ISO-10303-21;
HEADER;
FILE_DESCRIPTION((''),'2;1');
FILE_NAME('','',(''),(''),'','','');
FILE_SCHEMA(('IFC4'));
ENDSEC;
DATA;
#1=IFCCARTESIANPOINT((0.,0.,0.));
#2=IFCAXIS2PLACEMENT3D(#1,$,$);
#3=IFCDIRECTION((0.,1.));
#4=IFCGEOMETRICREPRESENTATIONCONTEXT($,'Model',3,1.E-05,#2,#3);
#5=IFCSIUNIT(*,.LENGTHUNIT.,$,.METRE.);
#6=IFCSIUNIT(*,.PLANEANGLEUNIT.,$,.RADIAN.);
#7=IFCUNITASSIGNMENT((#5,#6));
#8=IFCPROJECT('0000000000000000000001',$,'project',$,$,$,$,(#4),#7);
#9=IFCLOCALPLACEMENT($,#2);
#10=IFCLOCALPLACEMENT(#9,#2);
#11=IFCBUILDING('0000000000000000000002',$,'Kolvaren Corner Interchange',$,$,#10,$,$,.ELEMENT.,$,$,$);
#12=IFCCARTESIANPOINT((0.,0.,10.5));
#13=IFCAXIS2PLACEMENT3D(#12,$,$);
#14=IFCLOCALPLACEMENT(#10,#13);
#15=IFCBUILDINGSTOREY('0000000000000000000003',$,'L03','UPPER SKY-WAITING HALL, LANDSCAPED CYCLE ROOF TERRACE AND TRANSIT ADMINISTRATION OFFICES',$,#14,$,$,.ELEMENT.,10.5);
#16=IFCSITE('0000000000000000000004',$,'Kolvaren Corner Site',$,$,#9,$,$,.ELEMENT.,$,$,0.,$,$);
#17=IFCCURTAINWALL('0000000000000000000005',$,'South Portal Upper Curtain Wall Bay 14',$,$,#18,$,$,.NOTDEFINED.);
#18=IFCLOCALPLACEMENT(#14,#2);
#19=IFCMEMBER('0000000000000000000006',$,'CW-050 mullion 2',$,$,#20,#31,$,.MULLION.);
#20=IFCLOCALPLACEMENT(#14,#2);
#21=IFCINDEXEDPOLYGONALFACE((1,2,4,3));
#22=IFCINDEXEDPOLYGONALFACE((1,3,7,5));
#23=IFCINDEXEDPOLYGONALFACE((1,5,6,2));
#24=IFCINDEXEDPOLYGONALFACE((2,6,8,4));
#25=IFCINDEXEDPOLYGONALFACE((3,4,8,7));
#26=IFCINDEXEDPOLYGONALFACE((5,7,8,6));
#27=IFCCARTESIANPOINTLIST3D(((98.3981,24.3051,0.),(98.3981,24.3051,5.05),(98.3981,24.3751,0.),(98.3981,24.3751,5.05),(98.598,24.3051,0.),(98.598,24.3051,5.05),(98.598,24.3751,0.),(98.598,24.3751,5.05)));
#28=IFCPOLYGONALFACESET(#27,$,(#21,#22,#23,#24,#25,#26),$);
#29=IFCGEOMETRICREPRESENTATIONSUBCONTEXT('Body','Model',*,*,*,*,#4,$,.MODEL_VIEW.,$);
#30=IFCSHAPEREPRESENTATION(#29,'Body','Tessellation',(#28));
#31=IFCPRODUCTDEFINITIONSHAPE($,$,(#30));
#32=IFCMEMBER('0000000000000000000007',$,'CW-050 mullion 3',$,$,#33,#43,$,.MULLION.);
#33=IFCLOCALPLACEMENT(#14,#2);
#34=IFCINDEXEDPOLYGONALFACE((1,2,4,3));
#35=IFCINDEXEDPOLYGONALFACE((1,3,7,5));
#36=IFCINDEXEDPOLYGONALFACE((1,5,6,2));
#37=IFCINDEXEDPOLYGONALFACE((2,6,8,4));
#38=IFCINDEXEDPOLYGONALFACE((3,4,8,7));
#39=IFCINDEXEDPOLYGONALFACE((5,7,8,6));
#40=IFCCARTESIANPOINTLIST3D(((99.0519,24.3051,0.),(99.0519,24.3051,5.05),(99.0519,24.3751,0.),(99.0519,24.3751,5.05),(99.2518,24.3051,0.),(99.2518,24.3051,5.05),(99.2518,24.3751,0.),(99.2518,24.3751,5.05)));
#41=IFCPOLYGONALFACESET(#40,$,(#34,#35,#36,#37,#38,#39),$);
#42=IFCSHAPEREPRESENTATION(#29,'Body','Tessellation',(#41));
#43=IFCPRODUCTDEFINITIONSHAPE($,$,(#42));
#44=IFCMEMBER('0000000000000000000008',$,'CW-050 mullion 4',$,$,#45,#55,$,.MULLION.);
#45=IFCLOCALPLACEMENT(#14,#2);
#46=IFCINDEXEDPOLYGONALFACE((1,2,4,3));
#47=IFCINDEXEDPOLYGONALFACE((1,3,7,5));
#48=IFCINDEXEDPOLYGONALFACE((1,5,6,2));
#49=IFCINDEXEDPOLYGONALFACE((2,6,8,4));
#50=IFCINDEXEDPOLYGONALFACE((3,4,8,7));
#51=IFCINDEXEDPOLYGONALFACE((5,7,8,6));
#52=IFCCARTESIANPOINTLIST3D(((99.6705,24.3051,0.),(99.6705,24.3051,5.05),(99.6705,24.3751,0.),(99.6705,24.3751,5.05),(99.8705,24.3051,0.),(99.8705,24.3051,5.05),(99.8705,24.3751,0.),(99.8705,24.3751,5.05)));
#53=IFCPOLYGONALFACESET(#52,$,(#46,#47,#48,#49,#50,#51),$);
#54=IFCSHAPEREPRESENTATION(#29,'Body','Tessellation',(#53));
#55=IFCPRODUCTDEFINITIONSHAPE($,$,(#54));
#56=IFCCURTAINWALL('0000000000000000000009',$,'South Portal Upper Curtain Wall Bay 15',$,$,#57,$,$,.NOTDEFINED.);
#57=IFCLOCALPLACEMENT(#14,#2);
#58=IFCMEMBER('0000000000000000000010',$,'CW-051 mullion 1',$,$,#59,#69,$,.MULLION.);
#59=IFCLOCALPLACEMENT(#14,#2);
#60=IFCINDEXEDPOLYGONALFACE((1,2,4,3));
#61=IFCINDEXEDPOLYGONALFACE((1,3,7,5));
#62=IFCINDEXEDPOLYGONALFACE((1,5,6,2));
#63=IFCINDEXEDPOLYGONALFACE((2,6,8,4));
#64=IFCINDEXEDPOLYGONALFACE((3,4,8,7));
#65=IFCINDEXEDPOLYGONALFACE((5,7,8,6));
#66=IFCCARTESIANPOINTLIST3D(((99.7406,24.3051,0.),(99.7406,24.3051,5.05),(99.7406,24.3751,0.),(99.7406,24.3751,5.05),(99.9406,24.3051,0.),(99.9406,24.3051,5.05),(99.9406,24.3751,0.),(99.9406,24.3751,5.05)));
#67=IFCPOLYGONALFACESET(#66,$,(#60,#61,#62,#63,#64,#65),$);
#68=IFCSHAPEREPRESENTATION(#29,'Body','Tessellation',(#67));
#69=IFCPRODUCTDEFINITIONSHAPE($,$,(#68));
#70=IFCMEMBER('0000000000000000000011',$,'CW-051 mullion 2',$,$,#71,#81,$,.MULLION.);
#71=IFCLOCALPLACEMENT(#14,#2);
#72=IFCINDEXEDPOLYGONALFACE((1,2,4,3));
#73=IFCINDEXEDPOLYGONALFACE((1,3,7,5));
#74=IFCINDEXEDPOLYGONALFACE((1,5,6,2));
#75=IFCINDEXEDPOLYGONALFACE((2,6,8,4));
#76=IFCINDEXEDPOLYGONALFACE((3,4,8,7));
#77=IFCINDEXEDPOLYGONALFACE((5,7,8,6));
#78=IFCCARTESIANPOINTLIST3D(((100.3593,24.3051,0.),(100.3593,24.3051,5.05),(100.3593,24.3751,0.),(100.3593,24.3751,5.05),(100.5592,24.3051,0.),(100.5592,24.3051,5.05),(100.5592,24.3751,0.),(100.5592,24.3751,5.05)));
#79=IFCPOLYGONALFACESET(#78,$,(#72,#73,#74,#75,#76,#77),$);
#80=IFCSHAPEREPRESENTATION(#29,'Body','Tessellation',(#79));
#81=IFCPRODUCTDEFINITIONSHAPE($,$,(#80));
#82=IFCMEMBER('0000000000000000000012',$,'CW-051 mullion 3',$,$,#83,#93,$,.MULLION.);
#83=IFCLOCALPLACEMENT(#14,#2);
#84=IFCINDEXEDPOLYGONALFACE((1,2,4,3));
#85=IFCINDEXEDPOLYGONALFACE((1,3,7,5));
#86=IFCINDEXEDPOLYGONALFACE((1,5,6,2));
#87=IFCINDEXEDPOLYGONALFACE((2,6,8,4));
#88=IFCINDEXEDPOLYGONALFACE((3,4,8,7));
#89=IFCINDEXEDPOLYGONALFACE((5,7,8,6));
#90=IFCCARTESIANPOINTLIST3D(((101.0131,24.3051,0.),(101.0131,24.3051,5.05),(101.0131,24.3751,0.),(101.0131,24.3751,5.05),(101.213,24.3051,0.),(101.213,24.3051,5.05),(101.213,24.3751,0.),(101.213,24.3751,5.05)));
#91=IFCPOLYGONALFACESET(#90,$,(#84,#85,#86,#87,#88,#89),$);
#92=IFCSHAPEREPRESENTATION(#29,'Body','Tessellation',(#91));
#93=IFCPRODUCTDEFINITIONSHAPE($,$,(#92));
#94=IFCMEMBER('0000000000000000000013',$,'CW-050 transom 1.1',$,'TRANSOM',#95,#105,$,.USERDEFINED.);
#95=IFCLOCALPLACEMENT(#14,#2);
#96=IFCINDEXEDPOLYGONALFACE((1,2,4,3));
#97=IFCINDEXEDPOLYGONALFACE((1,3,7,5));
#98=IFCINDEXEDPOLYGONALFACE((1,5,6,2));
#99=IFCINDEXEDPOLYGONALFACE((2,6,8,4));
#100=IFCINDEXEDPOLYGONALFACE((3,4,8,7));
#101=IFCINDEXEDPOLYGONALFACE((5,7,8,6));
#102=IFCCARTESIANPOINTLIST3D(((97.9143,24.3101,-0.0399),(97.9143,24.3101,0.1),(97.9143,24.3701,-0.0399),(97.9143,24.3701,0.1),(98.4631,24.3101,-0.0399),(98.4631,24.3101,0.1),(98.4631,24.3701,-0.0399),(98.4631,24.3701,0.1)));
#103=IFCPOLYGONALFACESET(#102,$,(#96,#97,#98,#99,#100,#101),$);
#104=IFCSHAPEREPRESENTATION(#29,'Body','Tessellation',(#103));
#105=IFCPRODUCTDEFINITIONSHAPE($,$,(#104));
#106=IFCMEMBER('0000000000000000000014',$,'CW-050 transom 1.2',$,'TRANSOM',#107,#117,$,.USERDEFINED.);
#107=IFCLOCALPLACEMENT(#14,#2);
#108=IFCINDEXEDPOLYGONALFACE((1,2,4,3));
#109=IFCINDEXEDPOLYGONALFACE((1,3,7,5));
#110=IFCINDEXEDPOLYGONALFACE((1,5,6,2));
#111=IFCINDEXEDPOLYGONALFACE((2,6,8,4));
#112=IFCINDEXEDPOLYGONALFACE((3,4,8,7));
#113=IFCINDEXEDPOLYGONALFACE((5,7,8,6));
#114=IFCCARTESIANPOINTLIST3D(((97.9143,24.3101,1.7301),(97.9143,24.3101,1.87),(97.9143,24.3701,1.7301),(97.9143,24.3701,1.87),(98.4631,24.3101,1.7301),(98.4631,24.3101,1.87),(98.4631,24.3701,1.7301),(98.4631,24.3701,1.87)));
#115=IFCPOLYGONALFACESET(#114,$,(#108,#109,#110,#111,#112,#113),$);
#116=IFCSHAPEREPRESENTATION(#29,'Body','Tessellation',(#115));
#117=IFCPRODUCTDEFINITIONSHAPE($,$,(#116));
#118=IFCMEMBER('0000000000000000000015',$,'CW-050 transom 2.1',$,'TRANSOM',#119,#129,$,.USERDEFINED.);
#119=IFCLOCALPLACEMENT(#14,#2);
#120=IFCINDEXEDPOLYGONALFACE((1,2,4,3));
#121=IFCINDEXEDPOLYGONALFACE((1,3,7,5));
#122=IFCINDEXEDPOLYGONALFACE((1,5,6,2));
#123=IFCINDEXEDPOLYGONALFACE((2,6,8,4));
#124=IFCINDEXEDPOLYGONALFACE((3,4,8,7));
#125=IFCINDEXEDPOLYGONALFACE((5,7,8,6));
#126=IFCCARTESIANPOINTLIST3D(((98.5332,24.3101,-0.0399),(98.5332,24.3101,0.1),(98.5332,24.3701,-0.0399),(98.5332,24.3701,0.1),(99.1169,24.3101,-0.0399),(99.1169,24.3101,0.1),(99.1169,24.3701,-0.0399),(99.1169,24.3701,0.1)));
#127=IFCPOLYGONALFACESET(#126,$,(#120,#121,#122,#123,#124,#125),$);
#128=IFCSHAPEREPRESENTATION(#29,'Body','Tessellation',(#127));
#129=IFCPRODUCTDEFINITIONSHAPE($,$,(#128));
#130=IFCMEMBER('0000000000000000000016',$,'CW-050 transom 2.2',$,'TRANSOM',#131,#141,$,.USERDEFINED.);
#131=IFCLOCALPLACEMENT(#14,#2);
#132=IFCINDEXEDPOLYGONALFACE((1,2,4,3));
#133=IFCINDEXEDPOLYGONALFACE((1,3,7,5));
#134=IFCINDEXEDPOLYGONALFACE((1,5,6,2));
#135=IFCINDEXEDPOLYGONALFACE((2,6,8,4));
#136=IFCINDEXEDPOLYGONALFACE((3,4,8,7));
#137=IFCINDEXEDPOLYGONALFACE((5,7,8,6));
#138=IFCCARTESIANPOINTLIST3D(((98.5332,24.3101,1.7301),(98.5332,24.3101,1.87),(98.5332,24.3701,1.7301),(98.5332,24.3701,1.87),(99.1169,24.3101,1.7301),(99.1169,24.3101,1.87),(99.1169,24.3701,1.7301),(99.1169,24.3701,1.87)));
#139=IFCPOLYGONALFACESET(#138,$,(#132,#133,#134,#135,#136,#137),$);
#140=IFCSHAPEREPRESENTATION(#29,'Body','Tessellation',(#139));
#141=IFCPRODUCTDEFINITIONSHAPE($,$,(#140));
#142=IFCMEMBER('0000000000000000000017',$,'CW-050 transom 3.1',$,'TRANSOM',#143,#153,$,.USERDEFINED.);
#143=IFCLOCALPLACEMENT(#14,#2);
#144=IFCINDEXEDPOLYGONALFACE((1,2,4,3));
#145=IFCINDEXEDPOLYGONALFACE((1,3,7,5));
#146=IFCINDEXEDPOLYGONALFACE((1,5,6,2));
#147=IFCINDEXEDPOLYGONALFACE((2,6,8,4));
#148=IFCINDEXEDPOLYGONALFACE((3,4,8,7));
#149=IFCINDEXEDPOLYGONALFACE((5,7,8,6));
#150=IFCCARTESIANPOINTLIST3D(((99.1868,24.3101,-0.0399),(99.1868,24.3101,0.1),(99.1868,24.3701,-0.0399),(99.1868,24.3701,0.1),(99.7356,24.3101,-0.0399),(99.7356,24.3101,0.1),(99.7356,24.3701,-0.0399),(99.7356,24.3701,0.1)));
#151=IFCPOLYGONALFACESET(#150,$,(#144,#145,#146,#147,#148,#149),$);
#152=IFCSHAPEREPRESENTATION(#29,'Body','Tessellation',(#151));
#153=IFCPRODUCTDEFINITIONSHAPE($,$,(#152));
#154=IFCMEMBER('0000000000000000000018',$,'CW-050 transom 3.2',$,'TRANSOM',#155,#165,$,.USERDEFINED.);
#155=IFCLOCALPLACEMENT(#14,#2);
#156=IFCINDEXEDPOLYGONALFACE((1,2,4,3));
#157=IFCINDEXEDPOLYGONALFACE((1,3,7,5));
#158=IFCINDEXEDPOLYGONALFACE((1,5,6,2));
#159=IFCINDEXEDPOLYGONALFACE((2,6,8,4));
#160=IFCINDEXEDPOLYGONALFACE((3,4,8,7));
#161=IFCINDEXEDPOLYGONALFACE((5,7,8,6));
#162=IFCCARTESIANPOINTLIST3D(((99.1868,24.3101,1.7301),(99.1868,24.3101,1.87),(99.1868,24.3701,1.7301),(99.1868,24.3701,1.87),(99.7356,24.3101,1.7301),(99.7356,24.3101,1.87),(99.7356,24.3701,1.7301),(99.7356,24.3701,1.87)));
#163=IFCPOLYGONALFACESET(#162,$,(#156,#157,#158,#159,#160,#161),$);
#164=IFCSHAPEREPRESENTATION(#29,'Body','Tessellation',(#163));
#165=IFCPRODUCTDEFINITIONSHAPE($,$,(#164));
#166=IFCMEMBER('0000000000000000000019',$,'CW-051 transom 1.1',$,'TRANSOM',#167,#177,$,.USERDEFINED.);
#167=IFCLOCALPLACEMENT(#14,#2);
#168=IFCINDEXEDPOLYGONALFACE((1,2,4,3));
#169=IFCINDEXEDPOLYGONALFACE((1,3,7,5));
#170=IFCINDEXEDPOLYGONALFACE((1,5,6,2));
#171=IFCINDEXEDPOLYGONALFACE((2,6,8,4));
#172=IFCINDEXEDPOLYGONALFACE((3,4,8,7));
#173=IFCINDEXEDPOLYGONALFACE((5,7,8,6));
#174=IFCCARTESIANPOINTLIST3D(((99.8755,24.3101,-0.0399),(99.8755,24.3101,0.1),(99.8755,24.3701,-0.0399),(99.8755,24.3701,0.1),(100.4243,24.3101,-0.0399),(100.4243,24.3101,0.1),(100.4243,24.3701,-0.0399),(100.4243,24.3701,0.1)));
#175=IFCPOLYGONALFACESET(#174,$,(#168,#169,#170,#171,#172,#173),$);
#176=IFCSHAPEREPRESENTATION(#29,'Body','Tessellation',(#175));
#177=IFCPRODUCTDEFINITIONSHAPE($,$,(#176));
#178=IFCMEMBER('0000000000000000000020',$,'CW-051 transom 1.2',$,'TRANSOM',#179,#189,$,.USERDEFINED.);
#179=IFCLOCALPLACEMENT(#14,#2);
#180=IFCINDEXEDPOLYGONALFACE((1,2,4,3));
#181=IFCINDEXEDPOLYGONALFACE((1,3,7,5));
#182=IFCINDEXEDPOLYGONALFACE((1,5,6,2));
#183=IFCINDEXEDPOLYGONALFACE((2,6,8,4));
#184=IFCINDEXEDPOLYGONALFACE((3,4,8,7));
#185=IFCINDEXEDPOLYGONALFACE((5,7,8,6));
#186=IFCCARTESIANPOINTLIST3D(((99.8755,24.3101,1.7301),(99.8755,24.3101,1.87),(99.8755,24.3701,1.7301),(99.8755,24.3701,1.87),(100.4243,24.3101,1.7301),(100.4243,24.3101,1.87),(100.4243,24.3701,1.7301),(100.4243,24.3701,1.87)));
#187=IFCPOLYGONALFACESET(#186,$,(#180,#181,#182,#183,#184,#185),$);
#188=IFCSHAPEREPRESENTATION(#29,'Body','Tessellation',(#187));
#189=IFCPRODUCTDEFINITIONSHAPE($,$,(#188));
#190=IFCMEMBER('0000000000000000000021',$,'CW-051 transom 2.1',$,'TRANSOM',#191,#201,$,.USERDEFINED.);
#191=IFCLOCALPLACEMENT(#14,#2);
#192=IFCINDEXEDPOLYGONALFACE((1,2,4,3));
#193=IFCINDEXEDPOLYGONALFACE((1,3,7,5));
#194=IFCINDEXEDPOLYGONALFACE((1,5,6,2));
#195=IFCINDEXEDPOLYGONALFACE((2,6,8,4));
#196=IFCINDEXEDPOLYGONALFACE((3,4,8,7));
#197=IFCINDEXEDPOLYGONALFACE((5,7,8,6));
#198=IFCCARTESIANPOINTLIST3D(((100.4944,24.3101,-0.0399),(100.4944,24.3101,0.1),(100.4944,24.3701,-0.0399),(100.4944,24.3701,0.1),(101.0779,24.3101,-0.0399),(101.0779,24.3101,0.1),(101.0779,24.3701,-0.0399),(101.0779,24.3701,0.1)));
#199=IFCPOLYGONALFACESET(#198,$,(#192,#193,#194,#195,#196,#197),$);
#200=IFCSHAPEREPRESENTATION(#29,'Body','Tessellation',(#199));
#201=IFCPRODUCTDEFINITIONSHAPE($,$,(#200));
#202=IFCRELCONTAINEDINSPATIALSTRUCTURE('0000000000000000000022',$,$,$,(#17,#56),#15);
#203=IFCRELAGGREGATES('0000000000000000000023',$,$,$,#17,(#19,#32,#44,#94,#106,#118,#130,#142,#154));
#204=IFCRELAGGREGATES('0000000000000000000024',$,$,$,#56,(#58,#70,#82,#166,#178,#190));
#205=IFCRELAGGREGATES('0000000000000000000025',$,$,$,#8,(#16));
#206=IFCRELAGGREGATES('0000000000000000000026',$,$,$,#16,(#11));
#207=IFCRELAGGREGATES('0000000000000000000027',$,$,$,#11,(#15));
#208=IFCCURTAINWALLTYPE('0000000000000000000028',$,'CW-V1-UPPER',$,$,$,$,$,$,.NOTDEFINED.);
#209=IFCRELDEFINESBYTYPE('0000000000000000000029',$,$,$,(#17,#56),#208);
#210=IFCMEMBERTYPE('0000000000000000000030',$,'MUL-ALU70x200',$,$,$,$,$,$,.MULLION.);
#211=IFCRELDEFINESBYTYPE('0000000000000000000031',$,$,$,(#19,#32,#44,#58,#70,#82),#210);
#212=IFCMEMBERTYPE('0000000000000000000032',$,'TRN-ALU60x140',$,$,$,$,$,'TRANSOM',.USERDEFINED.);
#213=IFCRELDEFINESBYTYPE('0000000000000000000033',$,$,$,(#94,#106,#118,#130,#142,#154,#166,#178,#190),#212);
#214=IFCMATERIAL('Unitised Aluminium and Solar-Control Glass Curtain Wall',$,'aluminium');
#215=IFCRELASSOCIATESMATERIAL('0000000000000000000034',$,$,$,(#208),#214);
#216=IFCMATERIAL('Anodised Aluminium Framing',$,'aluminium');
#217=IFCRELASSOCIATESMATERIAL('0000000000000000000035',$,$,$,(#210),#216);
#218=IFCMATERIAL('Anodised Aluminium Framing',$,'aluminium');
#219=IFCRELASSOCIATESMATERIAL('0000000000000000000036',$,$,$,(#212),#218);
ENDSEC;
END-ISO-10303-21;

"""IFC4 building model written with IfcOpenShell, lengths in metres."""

from ifc_helpers import new_model, si_unit, direction, frame, origin, origin_2d, place, context, subcontext, project, spatial, rectangle, extrude, material, material_profile, profile_set, type_object, element, aggregate, save


model = new_model("IFC4")

# Units and contexts
model_context = context("Model", 3, precision=1e-05, world=origin(), true_north=direction((0.0, 1.0)))
body_context = subcontext(model_context, "Body", "Model", "MODEL_VIEW")
ifc_project = project(units=[si_unit("LENGTHUNIT", "METRE"), si_unit("PLANEANGLEUNIT", "RADIAN")], contexts=[model_context])

# Site, building, storey
site_placement = place(None, origin())
site = spatial("IfcSite", under=ifc_project, at=site_placement, Name="Kolvaren Corner Site", CompositionType="ELEMENT", RefElevation=0.0)
building_placement = place(site_placement, origin())
building = spatial("IfcBuilding", under=site, at=building_placement, Name="Kolvaren Corner Interchange", CompositionType="ELEMENT")
storey_placement = place(building_placement, frame((0.0, 0.0, 10.5)))
storey = spatial("IfcBuildingStorey", under=building, at=storey_placement, Name="L03", Description="UPPER SKY-WAITING HALL, LANDSCAPED CYCLE ROOF TERRACE AND TRANSIT ADMINISTRATION OFFICES", CompositionType="ELEMENT", Elevation=10.5)

# Curtain walls, members
ifc_material_1 = material(Name="Unitised Aluminium and Solar-Control Glass Curtain Wall", Category="aluminium")
curtain_wall_type = type_object("IfcCurtainWallType", Name="CW-V1-UPPER", PredefinedType="NOTDEFINED", material=ifc_material_1)
curtain_wall_1_placement = place(storey_placement, origin())
curtain_wall_1 = element("IfcCurtainWall", 1, at=curtain_wall_1_placement, inside=storey, type_object=curtain_wall_type, Name="South Portal Upper Curtain Wall Bay 14", PredefinedType="NOTDEFINED")
ifc_material_2 = material(Name="Anodised Aluminium Framing", Category="aluminium")
ifc_material_profile_1 = material_profile(ifc_material_2, rectangle(XDim=0.0701, YDim=0.2, at=origin_2d()), Name="ALU 70x200")
ifc_profile_set_1 = profile_set([ifc_material_profile_1], Name="Anodised Aluminium Framing")
member_type_1 = type_object("IfcMemberType", Name="MUL-ALU70x200", PredefinedType="MULLION", material=ifc_profile_set_1)
member_1_placement = place(storey_placement, frame((98.498, 24.3401, 0.0), z_axis=(0.0, 0.0, 1.0), x_axis=(0.0, 1.0, 0.0)))
member_1 = element("IfcMember", 2, at=member_1_placement, type_object=member_type_1, Name="CW-050 mullion 2", PredefinedType="MULLION", context=body_context, shape_type="SweptSolid", body=[
    extrude(rectangle(XDim=0.0701, YDim=0.2, at=origin_2d()), origin(), (0.0, 0.0, 1.0), 5.05),
])
member_2_placement = place(storey_placement, frame((99.1519, 24.3401, 0.0), z_axis=(0.0, 0.0, 1.0), x_axis=(0.0, 1.0, 0.0)))
member_2 = element("IfcMember", 3, at=member_2_placement, type_object=member_type_1, Name="CW-050 mullion 3", PredefinedType="MULLION", context=body_context, shape_type="SweptSolid", body=[
    extrude(rectangle(XDim=0.0701, YDim=0.2, at=origin_2d()), origin(), (0.0, 0.0, 1.0), 5.05),
])
member_3_placement = place(storey_placement, frame((99.7705, 24.3401, 0.0), z_axis=(0.0, 0.0, 1.0), x_axis=(0.0, 1.0, 0.0)))
member_3 = element("IfcMember", 4, at=member_3_placement, type_object=member_type_1, Name="CW-050 mullion 4", PredefinedType="MULLION", context=body_context, shape_type="SweptSolid", body=[
    extrude(rectangle(XDim=0.0701, YDim=0.2, at=origin_2d()), origin(), (0.0, 0.0, 1.0), 5.05),
])
curtain_wall_2_placement = place(storey_placement, origin())
curtain_wall_2 = element("IfcCurtainWall", 5, at=curtain_wall_2_placement, inside=storey, type_object=curtain_wall_type, Name="South Portal Upper Curtain Wall Bay 15", PredefinedType="NOTDEFINED")
member_4_placement = place(storey_placement, frame((99.8406, 24.3401, 0.0), z_axis=(0.0, 0.0, 1.0), x_axis=(0.0, 1.0, 0.0)))
member_4 = element("IfcMember", 6, at=member_4_placement, type_object=member_type_1, Name="CW-051 mullion 1", PredefinedType="MULLION", context=body_context, shape_type="SweptSolid", body=[
    extrude(rectangle(XDim=0.0701, YDim=0.2, at=origin_2d()), origin(), (0.0, 0.0, 1.0), 5.05),
])
member_5_placement = place(storey_placement, frame((100.4592, 24.3401, 0.0), z_axis=(0.0, 0.0, 1.0), x_axis=(0.0, 1.0, 0.0)))
member_5 = element("IfcMember", 7, at=member_5_placement, type_object=member_type_1, Name="CW-051 mullion 2", PredefinedType="MULLION", context=body_context, shape_type="SweptSolid", body=[
    extrude(rectangle(XDim=0.0701, YDim=0.2, at=origin_2d()), origin(), (0.0, 0.0, 1.0), 5.05),
])
member_6_placement = place(storey_placement, frame((101.113, 24.3401, 0.0), z_axis=(0.0, 0.0, 1.0), x_axis=(0.0, 1.0, 0.0)))
member_6 = element("IfcMember", 8, at=member_6_placement, type_object=member_type_1, Name="CW-051 mullion 3", PredefinedType="MULLION", context=body_context, shape_type="SweptSolid", body=[
    extrude(rectangle(XDim=0.0701, YDim=0.2, at=origin_2d()), origin(), (0.0, 0.0, 1.0), 5.05),
])

# Members
ifc_material_3 = material(Name="Anodised Aluminium Framing", Category="aluminium")
ifc_material_profile_2 = material_profile(ifc_material_3, rectangle(XDim=0.0601, YDim=0.1399, at=origin_2d()), Name="ALU 60x140")
ifc_profile_set_2 = profile_set([ifc_material_profile_2], Name="Anodised Aluminium Framing")
member_type_2 = type_object("IfcMemberType", Name="TRN-ALU60x140", ElementType="TRANSOM", PredefinedType="USERDEFINED", material=ifc_profile_set_2)
member_7_placement = place(storey_placement, frame((97.9143, 24.3401, 0.03), z_axis=(1.0, 0.0, 0.0), x_axis=(0.0, 1.0, 0.0)))
member_7 = element("IfcMember", 9, at=member_7_placement, type_object=member_type_2, Name="CW-050 transom 1.1", ObjectType="TRANSOM", PredefinedType="USERDEFINED", context=body_context, shape_type="SweptSolid", body=[
    extrude(rectangle(XDim=0.0601, YDim=0.1399, at=origin_2d()), origin(), (0.0, 0.0, 1.0), 0.5488),
])
member_8_placement = place(storey_placement, frame((97.9143, 24.3401, 1.8), z_axis=(1.0, 0.0, 0.0), x_axis=(0.0, 1.0, 0.0)))
member_8 = element("IfcMember", 10, at=member_8_placement, type_object=member_type_2, Name="CW-050 transom 1.2", ObjectType="TRANSOM", PredefinedType="USERDEFINED", context=body_context, shape_type="SweptSolid", body=[
    extrude(rectangle(XDim=0.0601, YDim=0.1399, at=origin_2d()), origin(), (0.0, 0.0, 1.0), 0.5488),
])
member_9_placement = place(storey_placement, frame((98.5332, 24.3401, 0.03), z_axis=(1.0, 0.0, 0.0), x_axis=(0.0, 1.0, 0.0)))
member_9 = element("IfcMember", 11, at=member_9_placement, type_object=member_type_2, Name="CW-050 transom 2.1", ObjectType="TRANSOM", PredefinedType="USERDEFINED", context=body_context, shape_type="SweptSolid", body=[
    extrude(rectangle(XDim=0.0601, YDim=0.1399, at=origin_2d()), origin(), (0.0, 0.0, 1.0), 0.5837),
])
member_10_placement = place(storey_placement, frame((98.5332, 24.3401, 1.8), z_axis=(1.0, 0.0, 0.0), x_axis=(0.0, 1.0, 0.0)))
member_10 = element("IfcMember", 12, at=member_10_placement, type_object=member_type_2, Name="CW-050 transom 2.2", ObjectType="TRANSOM", PredefinedType="USERDEFINED", context=body_context, shape_type="SweptSolid", body=[
    extrude(rectangle(XDim=0.0601, YDim=0.1399, at=origin_2d()), origin(), (0.0, 0.0, 1.0), 0.5837),
])
member_11_placement = place(storey_placement, frame((99.1868, 24.3401, 0.03), z_axis=(1.0, 0.0, 0.0), x_axis=(0.0, 1.0, 0.0)))
member_11 = element("IfcMember", 13, at=member_11_placement, type_object=member_type_2, Name="CW-050 transom 3.1", ObjectType="TRANSOM", PredefinedType="USERDEFINED", context=body_context, shape_type="SweptSolid", body=[
    extrude(rectangle(XDim=0.0601, YDim=0.1399, at=origin_2d()), origin(), (0.0, 0.0, 1.0), 0.5488),
])
member_12_placement = place(storey_placement, frame((99.1868, 24.3401, 1.8), z_axis=(1.0, 0.0, 0.0), x_axis=(0.0, 1.0, 0.0)))
member_12 = element("IfcMember", 14, at=member_12_placement, type_object=member_type_2, Name="CW-050 transom 3.2", ObjectType="TRANSOM", PredefinedType="USERDEFINED", context=body_context, shape_type="SweptSolid", body=[
    extrude(rectangle(XDim=0.0601, YDim=0.1399, at=origin_2d()), origin(), (0.0, 0.0, 1.0), 0.5488),
])
member_13_placement = place(storey_placement, frame((99.8755, 24.3401, 0.03), z_axis=(1.0, 0.0, 0.0), x_axis=(0.0, 1.0, 0.0)))
member_13 = element("IfcMember", 15, at=member_13_placement, type_object=member_type_2, Name="CW-051 transom 1.1", ObjectType="TRANSOM", PredefinedType="USERDEFINED", context=body_context, shape_type="SweptSolid", body=[
    extrude(rectangle(XDim=0.0601, YDim=0.1399, at=origin_2d()), origin(), (0.0, 0.0, 1.0), 0.5488),
])
member_14_placement = place(storey_placement, frame((99.8755, 24.3401, 1.8), z_axis=(1.0, 0.0, 0.0), x_axis=(0.0, 1.0, 0.0)))
member_14 = element("IfcMember", 16, at=member_14_placement, type_object=member_type_2, Name="CW-051 transom 1.2", ObjectType="TRANSOM", PredefinedType="USERDEFINED", context=body_context, shape_type="SweptSolid", body=[
    extrude(rectangle(XDim=0.0601, YDim=0.1399, at=origin_2d()), origin(), (0.0, 0.0, 1.0), 0.5488),
])
member_15_placement = place(storey_placement, frame((100.4944, 24.3401, 0.03), z_axis=(1.0, 0.0, 0.0), x_axis=(0.0, 1.0, 0.0)))
member_15 = element("IfcMember", 17, at=member_15_placement, type_object=member_type_2, Name="CW-051 transom 2.1", ObjectType="TRANSOM", PredefinedType="USERDEFINED", context=body_context, shape_type="SweptSolid", body=[
    extrude(rectangle(XDim=0.0601, YDim=0.1399, at=origin_2d()), origin(), (0.0, 0.0, 1.0), 0.5835),
])

aggregate(curtain_wall_1, [member_1, member_2, member_3, member_7, member_8, member_9, member_10, member_11, member_12])
aggregate(curtain_wall_2, [member_4, member_5, member_6, member_13, member_14, member_15])

save(model, "model.ifc")
